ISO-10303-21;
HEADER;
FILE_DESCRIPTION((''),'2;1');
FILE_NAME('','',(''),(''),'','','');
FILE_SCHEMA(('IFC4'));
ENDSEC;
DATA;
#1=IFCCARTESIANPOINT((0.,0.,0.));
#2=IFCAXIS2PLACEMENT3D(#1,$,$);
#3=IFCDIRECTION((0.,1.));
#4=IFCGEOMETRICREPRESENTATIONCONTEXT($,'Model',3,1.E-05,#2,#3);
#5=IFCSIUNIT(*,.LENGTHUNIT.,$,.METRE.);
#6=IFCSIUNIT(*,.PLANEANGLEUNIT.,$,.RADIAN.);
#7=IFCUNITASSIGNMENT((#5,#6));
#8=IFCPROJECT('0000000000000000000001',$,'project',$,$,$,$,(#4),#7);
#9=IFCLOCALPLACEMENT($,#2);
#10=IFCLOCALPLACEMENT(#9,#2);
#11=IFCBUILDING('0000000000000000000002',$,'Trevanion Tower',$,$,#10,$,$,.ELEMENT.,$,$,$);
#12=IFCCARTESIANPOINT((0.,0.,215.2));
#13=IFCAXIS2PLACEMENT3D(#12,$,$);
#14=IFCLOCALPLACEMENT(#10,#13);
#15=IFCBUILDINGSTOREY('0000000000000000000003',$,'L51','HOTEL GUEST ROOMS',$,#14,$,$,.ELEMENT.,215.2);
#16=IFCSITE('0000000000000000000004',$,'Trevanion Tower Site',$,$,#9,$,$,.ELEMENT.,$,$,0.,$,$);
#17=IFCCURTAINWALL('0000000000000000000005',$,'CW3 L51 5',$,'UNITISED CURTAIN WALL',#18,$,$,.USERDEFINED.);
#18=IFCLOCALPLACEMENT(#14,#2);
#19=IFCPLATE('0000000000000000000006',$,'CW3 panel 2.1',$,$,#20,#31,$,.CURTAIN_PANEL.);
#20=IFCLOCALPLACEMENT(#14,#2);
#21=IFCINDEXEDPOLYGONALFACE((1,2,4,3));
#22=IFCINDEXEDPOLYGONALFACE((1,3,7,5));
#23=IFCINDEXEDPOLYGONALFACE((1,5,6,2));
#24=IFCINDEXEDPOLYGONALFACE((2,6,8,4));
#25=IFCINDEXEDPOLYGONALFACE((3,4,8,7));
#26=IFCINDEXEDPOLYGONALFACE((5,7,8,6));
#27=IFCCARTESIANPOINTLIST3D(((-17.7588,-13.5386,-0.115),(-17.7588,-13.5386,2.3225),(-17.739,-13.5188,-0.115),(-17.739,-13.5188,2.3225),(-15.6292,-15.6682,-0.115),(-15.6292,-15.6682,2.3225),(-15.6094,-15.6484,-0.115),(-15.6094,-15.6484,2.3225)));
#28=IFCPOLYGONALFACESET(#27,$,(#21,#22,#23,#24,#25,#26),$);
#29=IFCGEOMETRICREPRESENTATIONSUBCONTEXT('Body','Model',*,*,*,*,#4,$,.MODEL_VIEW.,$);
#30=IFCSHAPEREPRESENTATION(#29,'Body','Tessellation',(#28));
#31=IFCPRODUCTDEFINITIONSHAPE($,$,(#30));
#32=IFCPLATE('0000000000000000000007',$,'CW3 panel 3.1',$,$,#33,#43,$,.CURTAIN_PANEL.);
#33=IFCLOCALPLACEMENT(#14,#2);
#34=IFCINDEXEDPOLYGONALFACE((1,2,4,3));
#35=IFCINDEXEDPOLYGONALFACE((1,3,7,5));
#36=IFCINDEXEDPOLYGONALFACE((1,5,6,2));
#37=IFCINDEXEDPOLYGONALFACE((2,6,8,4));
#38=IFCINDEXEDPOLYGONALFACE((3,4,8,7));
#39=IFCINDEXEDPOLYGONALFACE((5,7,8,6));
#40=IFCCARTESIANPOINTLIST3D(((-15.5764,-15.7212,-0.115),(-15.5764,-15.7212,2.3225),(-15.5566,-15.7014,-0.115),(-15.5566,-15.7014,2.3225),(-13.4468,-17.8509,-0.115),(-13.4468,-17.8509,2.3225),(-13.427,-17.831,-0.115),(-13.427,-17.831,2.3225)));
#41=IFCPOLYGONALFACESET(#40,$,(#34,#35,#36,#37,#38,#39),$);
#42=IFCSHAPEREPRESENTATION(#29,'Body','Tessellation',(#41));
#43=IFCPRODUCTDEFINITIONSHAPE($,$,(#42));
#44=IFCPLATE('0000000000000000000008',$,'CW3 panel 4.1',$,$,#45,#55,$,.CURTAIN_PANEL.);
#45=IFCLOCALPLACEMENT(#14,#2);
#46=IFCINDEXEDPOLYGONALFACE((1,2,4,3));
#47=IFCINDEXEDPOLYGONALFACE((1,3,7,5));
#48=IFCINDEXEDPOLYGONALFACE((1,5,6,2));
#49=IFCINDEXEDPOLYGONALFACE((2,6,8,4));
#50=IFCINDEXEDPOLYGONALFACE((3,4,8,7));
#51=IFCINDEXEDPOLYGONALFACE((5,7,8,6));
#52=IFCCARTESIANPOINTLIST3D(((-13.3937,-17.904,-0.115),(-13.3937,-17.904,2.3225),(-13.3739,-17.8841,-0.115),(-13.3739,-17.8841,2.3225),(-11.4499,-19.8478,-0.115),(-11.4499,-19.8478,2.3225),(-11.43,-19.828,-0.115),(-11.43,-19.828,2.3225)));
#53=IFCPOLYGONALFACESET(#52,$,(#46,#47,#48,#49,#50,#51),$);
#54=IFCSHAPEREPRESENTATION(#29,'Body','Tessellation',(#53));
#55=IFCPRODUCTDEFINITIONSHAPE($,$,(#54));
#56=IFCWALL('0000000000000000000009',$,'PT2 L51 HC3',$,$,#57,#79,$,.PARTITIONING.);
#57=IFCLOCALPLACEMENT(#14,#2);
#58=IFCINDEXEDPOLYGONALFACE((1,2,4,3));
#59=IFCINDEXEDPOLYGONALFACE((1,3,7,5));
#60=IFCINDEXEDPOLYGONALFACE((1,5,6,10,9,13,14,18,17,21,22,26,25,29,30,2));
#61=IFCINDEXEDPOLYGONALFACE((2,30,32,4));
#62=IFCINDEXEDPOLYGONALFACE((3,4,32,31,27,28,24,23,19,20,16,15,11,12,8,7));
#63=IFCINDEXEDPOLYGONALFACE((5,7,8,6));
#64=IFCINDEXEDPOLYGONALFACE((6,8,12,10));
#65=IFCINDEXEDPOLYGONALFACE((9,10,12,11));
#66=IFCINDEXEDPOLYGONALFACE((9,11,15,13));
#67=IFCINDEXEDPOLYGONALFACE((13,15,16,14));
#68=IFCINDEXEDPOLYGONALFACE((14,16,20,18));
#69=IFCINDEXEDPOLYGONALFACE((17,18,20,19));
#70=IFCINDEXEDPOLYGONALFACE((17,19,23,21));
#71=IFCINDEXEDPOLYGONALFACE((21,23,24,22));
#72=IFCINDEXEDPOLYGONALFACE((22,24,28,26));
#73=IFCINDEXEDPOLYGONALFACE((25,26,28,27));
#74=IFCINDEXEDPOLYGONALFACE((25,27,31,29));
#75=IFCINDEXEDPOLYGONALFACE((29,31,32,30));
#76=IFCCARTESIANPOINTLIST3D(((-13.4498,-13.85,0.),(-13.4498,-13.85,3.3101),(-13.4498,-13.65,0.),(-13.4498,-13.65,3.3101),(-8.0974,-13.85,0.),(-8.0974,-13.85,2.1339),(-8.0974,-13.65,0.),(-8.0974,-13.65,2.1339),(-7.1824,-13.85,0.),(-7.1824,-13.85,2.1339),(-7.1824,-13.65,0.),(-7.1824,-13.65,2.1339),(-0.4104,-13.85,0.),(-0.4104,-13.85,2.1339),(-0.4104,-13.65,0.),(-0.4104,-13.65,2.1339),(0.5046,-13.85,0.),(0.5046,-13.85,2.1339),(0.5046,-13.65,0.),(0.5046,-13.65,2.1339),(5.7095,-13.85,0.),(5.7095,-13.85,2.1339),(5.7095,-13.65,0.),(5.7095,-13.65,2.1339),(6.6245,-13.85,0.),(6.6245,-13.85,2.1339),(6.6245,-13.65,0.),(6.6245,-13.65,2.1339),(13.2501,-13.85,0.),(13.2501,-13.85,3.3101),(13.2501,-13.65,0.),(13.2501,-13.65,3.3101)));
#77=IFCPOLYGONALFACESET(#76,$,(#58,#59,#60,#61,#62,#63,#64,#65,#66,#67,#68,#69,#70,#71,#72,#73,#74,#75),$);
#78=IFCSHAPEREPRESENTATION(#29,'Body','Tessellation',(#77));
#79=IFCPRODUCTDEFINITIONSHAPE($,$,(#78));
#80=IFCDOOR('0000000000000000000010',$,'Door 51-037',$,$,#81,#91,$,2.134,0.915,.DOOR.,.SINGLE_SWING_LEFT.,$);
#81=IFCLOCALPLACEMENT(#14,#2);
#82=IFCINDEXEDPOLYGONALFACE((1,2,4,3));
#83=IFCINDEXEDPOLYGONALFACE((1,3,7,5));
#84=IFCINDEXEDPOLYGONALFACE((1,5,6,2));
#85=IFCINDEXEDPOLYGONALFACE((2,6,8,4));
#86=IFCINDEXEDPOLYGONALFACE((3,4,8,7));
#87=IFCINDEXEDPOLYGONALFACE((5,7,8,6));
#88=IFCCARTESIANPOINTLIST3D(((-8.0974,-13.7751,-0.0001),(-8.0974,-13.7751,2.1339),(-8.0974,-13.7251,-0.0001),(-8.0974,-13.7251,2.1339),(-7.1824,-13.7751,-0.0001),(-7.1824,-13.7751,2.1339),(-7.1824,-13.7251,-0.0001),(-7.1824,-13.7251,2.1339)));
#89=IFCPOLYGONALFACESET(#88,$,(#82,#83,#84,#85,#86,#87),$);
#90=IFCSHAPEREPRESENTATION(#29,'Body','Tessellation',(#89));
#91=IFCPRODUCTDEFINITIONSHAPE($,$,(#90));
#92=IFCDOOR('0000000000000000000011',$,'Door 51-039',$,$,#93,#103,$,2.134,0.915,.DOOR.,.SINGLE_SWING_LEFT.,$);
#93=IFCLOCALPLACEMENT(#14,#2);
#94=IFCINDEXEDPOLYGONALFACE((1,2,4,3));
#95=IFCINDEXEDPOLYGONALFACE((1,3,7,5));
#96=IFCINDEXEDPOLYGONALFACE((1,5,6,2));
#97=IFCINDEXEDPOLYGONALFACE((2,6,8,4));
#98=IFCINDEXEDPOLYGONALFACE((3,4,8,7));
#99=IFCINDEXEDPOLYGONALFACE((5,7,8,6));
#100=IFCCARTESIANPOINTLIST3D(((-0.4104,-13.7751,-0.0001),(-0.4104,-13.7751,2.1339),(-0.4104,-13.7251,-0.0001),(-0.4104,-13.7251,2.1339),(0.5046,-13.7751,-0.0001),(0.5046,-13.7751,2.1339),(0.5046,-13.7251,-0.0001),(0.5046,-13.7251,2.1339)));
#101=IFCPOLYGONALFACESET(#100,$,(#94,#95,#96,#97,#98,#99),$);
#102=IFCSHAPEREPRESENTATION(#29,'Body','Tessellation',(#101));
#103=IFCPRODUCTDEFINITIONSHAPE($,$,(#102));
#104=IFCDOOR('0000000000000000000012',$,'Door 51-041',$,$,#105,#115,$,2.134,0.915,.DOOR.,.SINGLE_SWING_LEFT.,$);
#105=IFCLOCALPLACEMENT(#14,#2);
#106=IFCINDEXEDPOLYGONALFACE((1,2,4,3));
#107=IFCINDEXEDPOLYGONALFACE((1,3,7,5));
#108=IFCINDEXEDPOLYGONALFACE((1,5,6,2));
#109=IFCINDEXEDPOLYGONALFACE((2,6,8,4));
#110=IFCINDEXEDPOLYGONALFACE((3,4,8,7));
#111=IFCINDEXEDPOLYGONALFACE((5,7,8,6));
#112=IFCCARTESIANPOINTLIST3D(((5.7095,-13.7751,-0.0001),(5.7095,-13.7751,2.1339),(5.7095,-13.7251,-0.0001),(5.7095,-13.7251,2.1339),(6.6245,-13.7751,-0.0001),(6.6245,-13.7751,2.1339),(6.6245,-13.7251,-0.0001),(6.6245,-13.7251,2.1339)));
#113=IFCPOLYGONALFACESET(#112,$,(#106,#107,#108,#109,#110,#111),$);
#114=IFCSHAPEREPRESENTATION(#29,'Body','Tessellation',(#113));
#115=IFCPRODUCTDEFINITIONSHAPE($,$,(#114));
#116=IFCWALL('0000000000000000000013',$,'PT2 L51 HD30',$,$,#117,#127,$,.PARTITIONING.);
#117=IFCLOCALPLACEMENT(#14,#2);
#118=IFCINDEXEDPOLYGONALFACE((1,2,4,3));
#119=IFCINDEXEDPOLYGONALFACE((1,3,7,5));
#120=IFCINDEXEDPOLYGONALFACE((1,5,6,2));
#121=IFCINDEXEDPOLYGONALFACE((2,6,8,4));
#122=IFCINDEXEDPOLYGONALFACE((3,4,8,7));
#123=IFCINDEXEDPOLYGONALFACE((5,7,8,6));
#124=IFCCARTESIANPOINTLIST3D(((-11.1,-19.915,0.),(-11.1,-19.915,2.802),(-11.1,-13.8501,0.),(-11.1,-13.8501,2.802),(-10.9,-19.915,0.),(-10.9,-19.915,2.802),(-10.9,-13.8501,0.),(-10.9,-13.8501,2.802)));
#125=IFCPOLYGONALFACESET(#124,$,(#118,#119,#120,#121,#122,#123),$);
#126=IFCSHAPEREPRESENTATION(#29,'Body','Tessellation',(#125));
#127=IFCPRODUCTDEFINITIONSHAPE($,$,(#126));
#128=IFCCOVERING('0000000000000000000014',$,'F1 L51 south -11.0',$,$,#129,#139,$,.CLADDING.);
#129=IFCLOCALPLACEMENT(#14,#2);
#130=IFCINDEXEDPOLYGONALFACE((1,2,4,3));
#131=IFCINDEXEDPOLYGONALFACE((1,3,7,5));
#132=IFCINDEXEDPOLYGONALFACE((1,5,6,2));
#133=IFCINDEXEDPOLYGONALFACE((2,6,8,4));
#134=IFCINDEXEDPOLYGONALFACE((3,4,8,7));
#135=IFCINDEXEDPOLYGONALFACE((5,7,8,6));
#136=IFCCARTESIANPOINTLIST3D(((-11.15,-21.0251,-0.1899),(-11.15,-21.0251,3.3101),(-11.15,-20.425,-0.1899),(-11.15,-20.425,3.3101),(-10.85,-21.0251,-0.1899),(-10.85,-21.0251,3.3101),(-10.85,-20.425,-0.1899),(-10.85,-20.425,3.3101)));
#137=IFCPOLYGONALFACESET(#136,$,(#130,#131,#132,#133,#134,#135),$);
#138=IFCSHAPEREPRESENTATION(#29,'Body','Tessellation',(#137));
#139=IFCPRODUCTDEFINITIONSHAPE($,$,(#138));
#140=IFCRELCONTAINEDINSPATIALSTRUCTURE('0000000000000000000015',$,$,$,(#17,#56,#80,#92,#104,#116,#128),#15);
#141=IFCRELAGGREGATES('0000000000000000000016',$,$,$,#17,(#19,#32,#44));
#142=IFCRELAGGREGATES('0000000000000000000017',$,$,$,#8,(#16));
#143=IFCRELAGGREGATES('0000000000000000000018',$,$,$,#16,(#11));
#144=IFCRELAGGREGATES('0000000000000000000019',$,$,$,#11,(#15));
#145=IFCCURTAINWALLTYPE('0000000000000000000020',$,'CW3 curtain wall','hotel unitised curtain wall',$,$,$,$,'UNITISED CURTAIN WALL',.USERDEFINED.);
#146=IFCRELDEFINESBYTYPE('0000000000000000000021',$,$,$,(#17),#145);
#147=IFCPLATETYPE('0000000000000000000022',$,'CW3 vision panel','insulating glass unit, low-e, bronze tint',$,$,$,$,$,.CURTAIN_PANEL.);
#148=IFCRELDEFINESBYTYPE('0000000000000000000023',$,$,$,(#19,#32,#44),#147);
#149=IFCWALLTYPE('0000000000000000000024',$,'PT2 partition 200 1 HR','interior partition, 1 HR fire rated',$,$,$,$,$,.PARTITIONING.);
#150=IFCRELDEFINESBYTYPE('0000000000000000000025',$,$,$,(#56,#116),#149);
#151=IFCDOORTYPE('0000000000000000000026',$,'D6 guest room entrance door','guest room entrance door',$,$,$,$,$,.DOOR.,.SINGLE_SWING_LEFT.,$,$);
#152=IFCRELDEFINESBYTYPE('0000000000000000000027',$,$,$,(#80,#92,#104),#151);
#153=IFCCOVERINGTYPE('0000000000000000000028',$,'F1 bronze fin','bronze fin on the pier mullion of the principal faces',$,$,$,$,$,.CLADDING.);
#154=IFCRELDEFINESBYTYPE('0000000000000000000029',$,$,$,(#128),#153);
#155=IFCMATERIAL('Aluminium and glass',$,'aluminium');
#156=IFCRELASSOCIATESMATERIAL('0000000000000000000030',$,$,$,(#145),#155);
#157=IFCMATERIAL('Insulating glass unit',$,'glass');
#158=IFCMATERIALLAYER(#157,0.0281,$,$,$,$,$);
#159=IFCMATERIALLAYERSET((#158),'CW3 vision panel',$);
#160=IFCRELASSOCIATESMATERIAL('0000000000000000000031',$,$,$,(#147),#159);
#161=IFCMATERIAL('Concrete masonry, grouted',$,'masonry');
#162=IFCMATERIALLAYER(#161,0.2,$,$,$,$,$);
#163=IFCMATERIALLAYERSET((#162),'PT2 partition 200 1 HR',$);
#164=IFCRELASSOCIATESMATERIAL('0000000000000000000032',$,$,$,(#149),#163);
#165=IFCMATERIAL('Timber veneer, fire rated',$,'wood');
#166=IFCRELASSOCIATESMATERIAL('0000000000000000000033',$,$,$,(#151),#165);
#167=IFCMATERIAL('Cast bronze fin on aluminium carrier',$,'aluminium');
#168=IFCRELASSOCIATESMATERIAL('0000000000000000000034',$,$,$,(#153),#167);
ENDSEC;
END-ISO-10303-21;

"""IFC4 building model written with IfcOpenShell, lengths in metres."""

from ifc_helpers import new_model, si_unit, direction, frame, frame_2d, origin, origin_2d, place, context, subcontext, project, spatial, rectangle, extrude, material, layer, layer_set, type_object, element, fill, aggregate, save


model = new_model("IFC4")

# Units and contexts
model_context = context("Model", 3, precision=1e-05, world=origin(), true_north=direction((0.0, 1.0)))
body_context = subcontext(model_context, "Body", "Model", "MODEL_VIEW")
ifc_project = project(units=[si_unit("LENGTHUNIT", "METRE"), si_unit("PLANEANGLEUNIT", "RADIAN")], contexts=[model_context])

# Site, building, storey
site_placement = place(None, origin())
site = spatial("IfcSite", under=ifc_project, at=site_placement, Name="Trevanion Tower Site", CompositionType="ELEMENT", RefElevation=0.0)
building_placement = place(site_placement, origin())
building = spatial("IfcBuilding", under=site, at=building_placement, Name="Trevanion Tower", CompositionType="ELEMENT")
storey_placement = place(building_placement, frame((0.0, 0.0, 215.2)))
storey = spatial("IfcBuildingStorey", under=building, at=storey_placement, Name="L51", Description="HOTEL GUEST ROOMS", CompositionType="ELEMENT", Elevation=215.2)

# Curtain wall
ifc_material_1 = material(Name="Aluminium and glass", Category="aluminium")
curtain_wall_type = type_object("IfcCurtainWallType", Name="CW3 curtain wall", Description="hotel unitised curtain wall", ElementType="UNITISED CURTAIN WALL", PredefinedType="USERDEFINED", material=ifc_material_1)
curtain_wall_1_placement = place(storey_placement, origin())
curtain_wall_1 = element("IfcCurtainWall", 1, at=curtain_wall_1_placement, inside=storey, type_object=curtain_wall_type, Name="CW3 L51 5", ObjectType="UNITISED CURTAIN WALL", PredefinedType="USERDEFINED")

# Plates
ifc_material_2 = material(Name="Insulating glass unit", Category="glass")
ifc_layer_1 = layer(ifc_material_2, 0.0281)
ifc_layer_set_1 = layer_set([ifc_layer_1], Name="CW3 vision panel")
plate_type_1 = type_object("IfcPlateType", Name="CW3 vision panel", Description="insulating glass unit, low-e, bronze tint", PredefinedType="CURTAIN_PANEL", material=ifc_layer_set_1)
plate_1_placement = place(storey_placement, frame((-16.6841, -14.5935, -0.115), z_axis=(0.0, 0.0, 1.0), x_axis=(0.707107, -0.707107, 0.0)))
plate_1 = element("IfcPlate", 2, at=plate_1_placement, type_object=plate_type_1, Name="CW3 panel 2.1", PredefinedType="CURTAIN_PANEL", context=body_context, shape_type="SweptSolid", body=[
    extrude(rectangle(XDim=3.0117, YDim=0.0281, at=origin_2d()), origin(), (0.0, 0.0, 1.0), 2.4375),
])
plate_2_placement = place(storey_placement, frame((-14.5017, -16.7761, -0.115), z_axis=(0.0, 0.0, 1.0), x_axis=(0.707107, -0.707107, 0.0)))
plate_2 = element("IfcPlate", 3, at=plate_2_placement, type_object=plate_type_1, Name="CW3 panel 3.1", PredefinedType="CURTAIN_PANEL", context=body_context, shape_type="SweptSolid", body=[
    extrude(rectangle(XDim=3.0117, YDim=0.0281, at=origin_2d()), origin(), (0.0, 0.0, 1.0), 2.4375),
])
plate_3_placement = place(storey_placement, frame((-12.4119, -18.866, -0.115), z_axis=(0.0, 0.0, 1.0), x_axis=(0.707107, -0.707107, 0.0)))
plate_3 = element("IfcPlate", 4, at=plate_3_placement, type_object=plate_type_1, Name="CW3 panel 4.1", PredefinedType="CURTAIN_PANEL", context=body_context, shape_type="SweptSolid", body=[
    extrude(rectangle(XDim=2.749, YDim=0.0281, at=origin_2d()), origin(), (0.0, 0.0, 1.0), 2.4375),
])
aggregate(curtain_wall_1, [plate_1, plate_2, plate_3])

# Wall, openings, doors
ifc_material_3 = material(Name="Concrete masonry, grouted", Category="masonry")
ifc_layer_2 = layer(ifc_material_3, 0.2)
ifc_layer_set_2 = layer_set([ifc_layer_2], Name="PT2 partition 200 1 HR")
wall_type = type_object("IfcWallType", Name="PT2 partition 200 1 HR", Description="interior partition, 1 HR fire rated", PredefinedType="PARTITIONING", material=ifc_layer_set_2)
wall_1_placement = place(storey_placement, frame((-13.45, -13.75, 0.0), z_axis=(0.0, 0.0, 1.0), x_axis=(1.0, 0.0, 0.0)))
wall_1 = element("IfcWall", 5, at=wall_1_placement, inside=storey, type_object=wall_type, Name="PT2 L51 HC3", PredefinedType="PARTITIONING", context=body_context, shape_type="SweptSolid", body=[
    extrude(rectangle(XDim=26.7, YDim=0.2, at=frame_2d((13.3501, 0.0))), origin(), (0.0, 0.0, 1.0), 3.3101),
])
opening_1_placement = place(wall_1_placement, frame((5.3525, 0.0, 0.0)))
opening_1 = element("IfcOpeningElement", 6, at=opening_1_placement, cuts=wall_1, PredefinedType="OPENING", context=body_context, shape_type="SweptSolid", body=[
    extrude(rectangle(XDim=0.915, YDim=2.134, at=frame_2d((0.4575, 1.0669))), frame((0.0, 0.1099, 0.0), z_axis=(0.0, -1.0, 0.0), x_axis=(1.0, 0.0, 0.0)), (0.0, 0.0, 1.0), 0.22),
])
opening_2_placement = place(wall_1_placement, frame((13.0396, 0.0, 0.0)))
opening_2 = element("IfcOpeningElement", 7, at=opening_2_placement, cuts=wall_1, PredefinedType="OPENING", context=body_context, shape_type="SweptSolid", body=[
    extrude(rectangle(XDim=0.915, YDim=2.134, at=frame_2d((0.4575, 1.0669))), frame((0.0, 0.1099, 0.0), z_axis=(0.0, -1.0, 0.0), x_axis=(1.0, 0.0, 0.0)), (0.0, 0.0, 1.0), 0.22),
])
opening_3_placement = place(wall_1_placement, frame((19.1594, 0.0, 0.0)))
opening_3 = element("IfcOpeningElement", 8, at=opening_3_placement, cuts=wall_1, PredefinedType="OPENING", context=body_context, shape_type="SweptSolid", body=[
    extrude(rectangle(XDim=0.915, YDim=2.134, at=frame_2d((0.4575, 1.0669))), frame((0.0, 0.1099, 0.0), z_axis=(0.0, -1.0, 0.0), x_axis=(1.0, 0.0, 0.0)), (0.0, 0.0, 1.0), 0.22),
])
ifc_material_4 = material(Name="Timber veneer, fire rated", Category="wood")
door_type = type_object("IfcDoorType", Name="D6 guest room entrance door", Description="guest room entrance door", OperationType="SINGLE_SWING_LEFT", PredefinedType="DOOR", material=ifc_material_4)
door_1_placement = place(opening_1_placement, origin())
door_1 = element("IfcDoor", 9, at=door_1_placement, inside=storey, type_object=door_type, Name="Door 51-037", OperationType="SINGLE_SWING_LEFT", OverallHeight=2.134, OverallWidth=0.915, PredefinedType="DOOR", context=body_context, shape_type="SweptSolid", body=[
    extrude(rectangle(XDim=0.915, YDim=2.134, at=frame_2d((0.4575, 1.0669))), frame((0.0, 0.0249, 0.0), z_axis=(0.0, -1.0, 0.0), x_axis=(1.0, 0.0, 0.0)), (0.0, 0.0, 1.0), 0.05),
])
fill(opening_1, door_1)
door_2_placement = place(opening_2_placement, origin())
door_2 = element("IfcDoor", 10, at=door_2_placement, inside=storey, type_object=door_type, Name="Door 51-039", OperationType="SINGLE_SWING_LEFT", OverallHeight=2.134, OverallWidth=0.915, PredefinedType="DOOR", context=body_context, shape_type="SweptSolid", body=[
    extrude(rectangle(XDim=0.915, YDim=2.134, at=frame_2d((0.4575, 1.0669))), frame((0.0, 0.0249, 0.0), z_axis=(0.0, -1.0, 0.0), x_axis=(1.0, 0.0, 0.0)), (0.0, 0.0, 1.0), 0.05),
])
fill(opening_2, door_2)
door_3_placement = place(opening_3_placement, origin())
door_3 = element("IfcDoor", 11, at=door_3_placement, inside=storey, type_object=door_type, Name="Door 51-041", OperationType="SINGLE_SWING_LEFT", OverallHeight=2.134, OverallWidth=0.915, PredefinedType="DOOR", context=body_context, shape_type="SweptSolid", body=[
    extrude(rectangle(XDim=0.915, YDim=2.134, at=frame_2d((0.4575, 1.0669))), frame((0.0, 0.0249, 0.0), z_axis=(0.0, -1.0, 0.0), x_axis=(1.0, 0.0, 0.0)), (0.0, 0.0, 1.0), 0.05),
])
fill(opening_3, door_3)

# Wall
wall_2_placement = place(storey_placement, frame((-11.0, -13.8501, 0.0), z_axis=(0.0, 0.0, 1.0), x_axis=(0.0, -1.0, 0.0)))
element("IfcWall", 12, at=wall_2_placement, inside=storey, type_object=wall_type, Name="PT2 L51 HD30", PredefinedType="PARTITIONING", context=body_context, shape_type="SweptSolid", body=[
    extrude(rectangle(XDim=6.0649, YDim=0.2, at=frame_2d((3.0325, 0.0))), origin(), (0.0, 0.0, 1.0), 2.802),
])

# Covering
ifc_material_5 = material(Name="Cast bronze fin on aluminium carrier", Category="aluminium")
covering_type = type_object("IfcCoveringType", Name="F1 bronze fin", Description="bronze fin on the pier mullion of the principal faces", PredefinedType="CLADDING", material=ifc_material_5)
covering_placement = place(storey_placement, frame((-11.0, -20.7251, -0.1899), z_axis=(0.0, 0.0, 1.0), x_axis=(1.0, 0.0, 0.0)))
element("IfcCovering", 13, at=covering_placement, inside=storey, type_object=covering_type, Name="F1 L51 south -11.0", PredefinedType="CLADDING", context=body_context, shape_type="SweptSolid", body=[
    extrude(rectangle(XDim=0.3, YDim=0.6001, at=origin_2d()), origin(), (0.0, 0.0, 1.0), 3.5),
])

save(model, "model.ifc")
